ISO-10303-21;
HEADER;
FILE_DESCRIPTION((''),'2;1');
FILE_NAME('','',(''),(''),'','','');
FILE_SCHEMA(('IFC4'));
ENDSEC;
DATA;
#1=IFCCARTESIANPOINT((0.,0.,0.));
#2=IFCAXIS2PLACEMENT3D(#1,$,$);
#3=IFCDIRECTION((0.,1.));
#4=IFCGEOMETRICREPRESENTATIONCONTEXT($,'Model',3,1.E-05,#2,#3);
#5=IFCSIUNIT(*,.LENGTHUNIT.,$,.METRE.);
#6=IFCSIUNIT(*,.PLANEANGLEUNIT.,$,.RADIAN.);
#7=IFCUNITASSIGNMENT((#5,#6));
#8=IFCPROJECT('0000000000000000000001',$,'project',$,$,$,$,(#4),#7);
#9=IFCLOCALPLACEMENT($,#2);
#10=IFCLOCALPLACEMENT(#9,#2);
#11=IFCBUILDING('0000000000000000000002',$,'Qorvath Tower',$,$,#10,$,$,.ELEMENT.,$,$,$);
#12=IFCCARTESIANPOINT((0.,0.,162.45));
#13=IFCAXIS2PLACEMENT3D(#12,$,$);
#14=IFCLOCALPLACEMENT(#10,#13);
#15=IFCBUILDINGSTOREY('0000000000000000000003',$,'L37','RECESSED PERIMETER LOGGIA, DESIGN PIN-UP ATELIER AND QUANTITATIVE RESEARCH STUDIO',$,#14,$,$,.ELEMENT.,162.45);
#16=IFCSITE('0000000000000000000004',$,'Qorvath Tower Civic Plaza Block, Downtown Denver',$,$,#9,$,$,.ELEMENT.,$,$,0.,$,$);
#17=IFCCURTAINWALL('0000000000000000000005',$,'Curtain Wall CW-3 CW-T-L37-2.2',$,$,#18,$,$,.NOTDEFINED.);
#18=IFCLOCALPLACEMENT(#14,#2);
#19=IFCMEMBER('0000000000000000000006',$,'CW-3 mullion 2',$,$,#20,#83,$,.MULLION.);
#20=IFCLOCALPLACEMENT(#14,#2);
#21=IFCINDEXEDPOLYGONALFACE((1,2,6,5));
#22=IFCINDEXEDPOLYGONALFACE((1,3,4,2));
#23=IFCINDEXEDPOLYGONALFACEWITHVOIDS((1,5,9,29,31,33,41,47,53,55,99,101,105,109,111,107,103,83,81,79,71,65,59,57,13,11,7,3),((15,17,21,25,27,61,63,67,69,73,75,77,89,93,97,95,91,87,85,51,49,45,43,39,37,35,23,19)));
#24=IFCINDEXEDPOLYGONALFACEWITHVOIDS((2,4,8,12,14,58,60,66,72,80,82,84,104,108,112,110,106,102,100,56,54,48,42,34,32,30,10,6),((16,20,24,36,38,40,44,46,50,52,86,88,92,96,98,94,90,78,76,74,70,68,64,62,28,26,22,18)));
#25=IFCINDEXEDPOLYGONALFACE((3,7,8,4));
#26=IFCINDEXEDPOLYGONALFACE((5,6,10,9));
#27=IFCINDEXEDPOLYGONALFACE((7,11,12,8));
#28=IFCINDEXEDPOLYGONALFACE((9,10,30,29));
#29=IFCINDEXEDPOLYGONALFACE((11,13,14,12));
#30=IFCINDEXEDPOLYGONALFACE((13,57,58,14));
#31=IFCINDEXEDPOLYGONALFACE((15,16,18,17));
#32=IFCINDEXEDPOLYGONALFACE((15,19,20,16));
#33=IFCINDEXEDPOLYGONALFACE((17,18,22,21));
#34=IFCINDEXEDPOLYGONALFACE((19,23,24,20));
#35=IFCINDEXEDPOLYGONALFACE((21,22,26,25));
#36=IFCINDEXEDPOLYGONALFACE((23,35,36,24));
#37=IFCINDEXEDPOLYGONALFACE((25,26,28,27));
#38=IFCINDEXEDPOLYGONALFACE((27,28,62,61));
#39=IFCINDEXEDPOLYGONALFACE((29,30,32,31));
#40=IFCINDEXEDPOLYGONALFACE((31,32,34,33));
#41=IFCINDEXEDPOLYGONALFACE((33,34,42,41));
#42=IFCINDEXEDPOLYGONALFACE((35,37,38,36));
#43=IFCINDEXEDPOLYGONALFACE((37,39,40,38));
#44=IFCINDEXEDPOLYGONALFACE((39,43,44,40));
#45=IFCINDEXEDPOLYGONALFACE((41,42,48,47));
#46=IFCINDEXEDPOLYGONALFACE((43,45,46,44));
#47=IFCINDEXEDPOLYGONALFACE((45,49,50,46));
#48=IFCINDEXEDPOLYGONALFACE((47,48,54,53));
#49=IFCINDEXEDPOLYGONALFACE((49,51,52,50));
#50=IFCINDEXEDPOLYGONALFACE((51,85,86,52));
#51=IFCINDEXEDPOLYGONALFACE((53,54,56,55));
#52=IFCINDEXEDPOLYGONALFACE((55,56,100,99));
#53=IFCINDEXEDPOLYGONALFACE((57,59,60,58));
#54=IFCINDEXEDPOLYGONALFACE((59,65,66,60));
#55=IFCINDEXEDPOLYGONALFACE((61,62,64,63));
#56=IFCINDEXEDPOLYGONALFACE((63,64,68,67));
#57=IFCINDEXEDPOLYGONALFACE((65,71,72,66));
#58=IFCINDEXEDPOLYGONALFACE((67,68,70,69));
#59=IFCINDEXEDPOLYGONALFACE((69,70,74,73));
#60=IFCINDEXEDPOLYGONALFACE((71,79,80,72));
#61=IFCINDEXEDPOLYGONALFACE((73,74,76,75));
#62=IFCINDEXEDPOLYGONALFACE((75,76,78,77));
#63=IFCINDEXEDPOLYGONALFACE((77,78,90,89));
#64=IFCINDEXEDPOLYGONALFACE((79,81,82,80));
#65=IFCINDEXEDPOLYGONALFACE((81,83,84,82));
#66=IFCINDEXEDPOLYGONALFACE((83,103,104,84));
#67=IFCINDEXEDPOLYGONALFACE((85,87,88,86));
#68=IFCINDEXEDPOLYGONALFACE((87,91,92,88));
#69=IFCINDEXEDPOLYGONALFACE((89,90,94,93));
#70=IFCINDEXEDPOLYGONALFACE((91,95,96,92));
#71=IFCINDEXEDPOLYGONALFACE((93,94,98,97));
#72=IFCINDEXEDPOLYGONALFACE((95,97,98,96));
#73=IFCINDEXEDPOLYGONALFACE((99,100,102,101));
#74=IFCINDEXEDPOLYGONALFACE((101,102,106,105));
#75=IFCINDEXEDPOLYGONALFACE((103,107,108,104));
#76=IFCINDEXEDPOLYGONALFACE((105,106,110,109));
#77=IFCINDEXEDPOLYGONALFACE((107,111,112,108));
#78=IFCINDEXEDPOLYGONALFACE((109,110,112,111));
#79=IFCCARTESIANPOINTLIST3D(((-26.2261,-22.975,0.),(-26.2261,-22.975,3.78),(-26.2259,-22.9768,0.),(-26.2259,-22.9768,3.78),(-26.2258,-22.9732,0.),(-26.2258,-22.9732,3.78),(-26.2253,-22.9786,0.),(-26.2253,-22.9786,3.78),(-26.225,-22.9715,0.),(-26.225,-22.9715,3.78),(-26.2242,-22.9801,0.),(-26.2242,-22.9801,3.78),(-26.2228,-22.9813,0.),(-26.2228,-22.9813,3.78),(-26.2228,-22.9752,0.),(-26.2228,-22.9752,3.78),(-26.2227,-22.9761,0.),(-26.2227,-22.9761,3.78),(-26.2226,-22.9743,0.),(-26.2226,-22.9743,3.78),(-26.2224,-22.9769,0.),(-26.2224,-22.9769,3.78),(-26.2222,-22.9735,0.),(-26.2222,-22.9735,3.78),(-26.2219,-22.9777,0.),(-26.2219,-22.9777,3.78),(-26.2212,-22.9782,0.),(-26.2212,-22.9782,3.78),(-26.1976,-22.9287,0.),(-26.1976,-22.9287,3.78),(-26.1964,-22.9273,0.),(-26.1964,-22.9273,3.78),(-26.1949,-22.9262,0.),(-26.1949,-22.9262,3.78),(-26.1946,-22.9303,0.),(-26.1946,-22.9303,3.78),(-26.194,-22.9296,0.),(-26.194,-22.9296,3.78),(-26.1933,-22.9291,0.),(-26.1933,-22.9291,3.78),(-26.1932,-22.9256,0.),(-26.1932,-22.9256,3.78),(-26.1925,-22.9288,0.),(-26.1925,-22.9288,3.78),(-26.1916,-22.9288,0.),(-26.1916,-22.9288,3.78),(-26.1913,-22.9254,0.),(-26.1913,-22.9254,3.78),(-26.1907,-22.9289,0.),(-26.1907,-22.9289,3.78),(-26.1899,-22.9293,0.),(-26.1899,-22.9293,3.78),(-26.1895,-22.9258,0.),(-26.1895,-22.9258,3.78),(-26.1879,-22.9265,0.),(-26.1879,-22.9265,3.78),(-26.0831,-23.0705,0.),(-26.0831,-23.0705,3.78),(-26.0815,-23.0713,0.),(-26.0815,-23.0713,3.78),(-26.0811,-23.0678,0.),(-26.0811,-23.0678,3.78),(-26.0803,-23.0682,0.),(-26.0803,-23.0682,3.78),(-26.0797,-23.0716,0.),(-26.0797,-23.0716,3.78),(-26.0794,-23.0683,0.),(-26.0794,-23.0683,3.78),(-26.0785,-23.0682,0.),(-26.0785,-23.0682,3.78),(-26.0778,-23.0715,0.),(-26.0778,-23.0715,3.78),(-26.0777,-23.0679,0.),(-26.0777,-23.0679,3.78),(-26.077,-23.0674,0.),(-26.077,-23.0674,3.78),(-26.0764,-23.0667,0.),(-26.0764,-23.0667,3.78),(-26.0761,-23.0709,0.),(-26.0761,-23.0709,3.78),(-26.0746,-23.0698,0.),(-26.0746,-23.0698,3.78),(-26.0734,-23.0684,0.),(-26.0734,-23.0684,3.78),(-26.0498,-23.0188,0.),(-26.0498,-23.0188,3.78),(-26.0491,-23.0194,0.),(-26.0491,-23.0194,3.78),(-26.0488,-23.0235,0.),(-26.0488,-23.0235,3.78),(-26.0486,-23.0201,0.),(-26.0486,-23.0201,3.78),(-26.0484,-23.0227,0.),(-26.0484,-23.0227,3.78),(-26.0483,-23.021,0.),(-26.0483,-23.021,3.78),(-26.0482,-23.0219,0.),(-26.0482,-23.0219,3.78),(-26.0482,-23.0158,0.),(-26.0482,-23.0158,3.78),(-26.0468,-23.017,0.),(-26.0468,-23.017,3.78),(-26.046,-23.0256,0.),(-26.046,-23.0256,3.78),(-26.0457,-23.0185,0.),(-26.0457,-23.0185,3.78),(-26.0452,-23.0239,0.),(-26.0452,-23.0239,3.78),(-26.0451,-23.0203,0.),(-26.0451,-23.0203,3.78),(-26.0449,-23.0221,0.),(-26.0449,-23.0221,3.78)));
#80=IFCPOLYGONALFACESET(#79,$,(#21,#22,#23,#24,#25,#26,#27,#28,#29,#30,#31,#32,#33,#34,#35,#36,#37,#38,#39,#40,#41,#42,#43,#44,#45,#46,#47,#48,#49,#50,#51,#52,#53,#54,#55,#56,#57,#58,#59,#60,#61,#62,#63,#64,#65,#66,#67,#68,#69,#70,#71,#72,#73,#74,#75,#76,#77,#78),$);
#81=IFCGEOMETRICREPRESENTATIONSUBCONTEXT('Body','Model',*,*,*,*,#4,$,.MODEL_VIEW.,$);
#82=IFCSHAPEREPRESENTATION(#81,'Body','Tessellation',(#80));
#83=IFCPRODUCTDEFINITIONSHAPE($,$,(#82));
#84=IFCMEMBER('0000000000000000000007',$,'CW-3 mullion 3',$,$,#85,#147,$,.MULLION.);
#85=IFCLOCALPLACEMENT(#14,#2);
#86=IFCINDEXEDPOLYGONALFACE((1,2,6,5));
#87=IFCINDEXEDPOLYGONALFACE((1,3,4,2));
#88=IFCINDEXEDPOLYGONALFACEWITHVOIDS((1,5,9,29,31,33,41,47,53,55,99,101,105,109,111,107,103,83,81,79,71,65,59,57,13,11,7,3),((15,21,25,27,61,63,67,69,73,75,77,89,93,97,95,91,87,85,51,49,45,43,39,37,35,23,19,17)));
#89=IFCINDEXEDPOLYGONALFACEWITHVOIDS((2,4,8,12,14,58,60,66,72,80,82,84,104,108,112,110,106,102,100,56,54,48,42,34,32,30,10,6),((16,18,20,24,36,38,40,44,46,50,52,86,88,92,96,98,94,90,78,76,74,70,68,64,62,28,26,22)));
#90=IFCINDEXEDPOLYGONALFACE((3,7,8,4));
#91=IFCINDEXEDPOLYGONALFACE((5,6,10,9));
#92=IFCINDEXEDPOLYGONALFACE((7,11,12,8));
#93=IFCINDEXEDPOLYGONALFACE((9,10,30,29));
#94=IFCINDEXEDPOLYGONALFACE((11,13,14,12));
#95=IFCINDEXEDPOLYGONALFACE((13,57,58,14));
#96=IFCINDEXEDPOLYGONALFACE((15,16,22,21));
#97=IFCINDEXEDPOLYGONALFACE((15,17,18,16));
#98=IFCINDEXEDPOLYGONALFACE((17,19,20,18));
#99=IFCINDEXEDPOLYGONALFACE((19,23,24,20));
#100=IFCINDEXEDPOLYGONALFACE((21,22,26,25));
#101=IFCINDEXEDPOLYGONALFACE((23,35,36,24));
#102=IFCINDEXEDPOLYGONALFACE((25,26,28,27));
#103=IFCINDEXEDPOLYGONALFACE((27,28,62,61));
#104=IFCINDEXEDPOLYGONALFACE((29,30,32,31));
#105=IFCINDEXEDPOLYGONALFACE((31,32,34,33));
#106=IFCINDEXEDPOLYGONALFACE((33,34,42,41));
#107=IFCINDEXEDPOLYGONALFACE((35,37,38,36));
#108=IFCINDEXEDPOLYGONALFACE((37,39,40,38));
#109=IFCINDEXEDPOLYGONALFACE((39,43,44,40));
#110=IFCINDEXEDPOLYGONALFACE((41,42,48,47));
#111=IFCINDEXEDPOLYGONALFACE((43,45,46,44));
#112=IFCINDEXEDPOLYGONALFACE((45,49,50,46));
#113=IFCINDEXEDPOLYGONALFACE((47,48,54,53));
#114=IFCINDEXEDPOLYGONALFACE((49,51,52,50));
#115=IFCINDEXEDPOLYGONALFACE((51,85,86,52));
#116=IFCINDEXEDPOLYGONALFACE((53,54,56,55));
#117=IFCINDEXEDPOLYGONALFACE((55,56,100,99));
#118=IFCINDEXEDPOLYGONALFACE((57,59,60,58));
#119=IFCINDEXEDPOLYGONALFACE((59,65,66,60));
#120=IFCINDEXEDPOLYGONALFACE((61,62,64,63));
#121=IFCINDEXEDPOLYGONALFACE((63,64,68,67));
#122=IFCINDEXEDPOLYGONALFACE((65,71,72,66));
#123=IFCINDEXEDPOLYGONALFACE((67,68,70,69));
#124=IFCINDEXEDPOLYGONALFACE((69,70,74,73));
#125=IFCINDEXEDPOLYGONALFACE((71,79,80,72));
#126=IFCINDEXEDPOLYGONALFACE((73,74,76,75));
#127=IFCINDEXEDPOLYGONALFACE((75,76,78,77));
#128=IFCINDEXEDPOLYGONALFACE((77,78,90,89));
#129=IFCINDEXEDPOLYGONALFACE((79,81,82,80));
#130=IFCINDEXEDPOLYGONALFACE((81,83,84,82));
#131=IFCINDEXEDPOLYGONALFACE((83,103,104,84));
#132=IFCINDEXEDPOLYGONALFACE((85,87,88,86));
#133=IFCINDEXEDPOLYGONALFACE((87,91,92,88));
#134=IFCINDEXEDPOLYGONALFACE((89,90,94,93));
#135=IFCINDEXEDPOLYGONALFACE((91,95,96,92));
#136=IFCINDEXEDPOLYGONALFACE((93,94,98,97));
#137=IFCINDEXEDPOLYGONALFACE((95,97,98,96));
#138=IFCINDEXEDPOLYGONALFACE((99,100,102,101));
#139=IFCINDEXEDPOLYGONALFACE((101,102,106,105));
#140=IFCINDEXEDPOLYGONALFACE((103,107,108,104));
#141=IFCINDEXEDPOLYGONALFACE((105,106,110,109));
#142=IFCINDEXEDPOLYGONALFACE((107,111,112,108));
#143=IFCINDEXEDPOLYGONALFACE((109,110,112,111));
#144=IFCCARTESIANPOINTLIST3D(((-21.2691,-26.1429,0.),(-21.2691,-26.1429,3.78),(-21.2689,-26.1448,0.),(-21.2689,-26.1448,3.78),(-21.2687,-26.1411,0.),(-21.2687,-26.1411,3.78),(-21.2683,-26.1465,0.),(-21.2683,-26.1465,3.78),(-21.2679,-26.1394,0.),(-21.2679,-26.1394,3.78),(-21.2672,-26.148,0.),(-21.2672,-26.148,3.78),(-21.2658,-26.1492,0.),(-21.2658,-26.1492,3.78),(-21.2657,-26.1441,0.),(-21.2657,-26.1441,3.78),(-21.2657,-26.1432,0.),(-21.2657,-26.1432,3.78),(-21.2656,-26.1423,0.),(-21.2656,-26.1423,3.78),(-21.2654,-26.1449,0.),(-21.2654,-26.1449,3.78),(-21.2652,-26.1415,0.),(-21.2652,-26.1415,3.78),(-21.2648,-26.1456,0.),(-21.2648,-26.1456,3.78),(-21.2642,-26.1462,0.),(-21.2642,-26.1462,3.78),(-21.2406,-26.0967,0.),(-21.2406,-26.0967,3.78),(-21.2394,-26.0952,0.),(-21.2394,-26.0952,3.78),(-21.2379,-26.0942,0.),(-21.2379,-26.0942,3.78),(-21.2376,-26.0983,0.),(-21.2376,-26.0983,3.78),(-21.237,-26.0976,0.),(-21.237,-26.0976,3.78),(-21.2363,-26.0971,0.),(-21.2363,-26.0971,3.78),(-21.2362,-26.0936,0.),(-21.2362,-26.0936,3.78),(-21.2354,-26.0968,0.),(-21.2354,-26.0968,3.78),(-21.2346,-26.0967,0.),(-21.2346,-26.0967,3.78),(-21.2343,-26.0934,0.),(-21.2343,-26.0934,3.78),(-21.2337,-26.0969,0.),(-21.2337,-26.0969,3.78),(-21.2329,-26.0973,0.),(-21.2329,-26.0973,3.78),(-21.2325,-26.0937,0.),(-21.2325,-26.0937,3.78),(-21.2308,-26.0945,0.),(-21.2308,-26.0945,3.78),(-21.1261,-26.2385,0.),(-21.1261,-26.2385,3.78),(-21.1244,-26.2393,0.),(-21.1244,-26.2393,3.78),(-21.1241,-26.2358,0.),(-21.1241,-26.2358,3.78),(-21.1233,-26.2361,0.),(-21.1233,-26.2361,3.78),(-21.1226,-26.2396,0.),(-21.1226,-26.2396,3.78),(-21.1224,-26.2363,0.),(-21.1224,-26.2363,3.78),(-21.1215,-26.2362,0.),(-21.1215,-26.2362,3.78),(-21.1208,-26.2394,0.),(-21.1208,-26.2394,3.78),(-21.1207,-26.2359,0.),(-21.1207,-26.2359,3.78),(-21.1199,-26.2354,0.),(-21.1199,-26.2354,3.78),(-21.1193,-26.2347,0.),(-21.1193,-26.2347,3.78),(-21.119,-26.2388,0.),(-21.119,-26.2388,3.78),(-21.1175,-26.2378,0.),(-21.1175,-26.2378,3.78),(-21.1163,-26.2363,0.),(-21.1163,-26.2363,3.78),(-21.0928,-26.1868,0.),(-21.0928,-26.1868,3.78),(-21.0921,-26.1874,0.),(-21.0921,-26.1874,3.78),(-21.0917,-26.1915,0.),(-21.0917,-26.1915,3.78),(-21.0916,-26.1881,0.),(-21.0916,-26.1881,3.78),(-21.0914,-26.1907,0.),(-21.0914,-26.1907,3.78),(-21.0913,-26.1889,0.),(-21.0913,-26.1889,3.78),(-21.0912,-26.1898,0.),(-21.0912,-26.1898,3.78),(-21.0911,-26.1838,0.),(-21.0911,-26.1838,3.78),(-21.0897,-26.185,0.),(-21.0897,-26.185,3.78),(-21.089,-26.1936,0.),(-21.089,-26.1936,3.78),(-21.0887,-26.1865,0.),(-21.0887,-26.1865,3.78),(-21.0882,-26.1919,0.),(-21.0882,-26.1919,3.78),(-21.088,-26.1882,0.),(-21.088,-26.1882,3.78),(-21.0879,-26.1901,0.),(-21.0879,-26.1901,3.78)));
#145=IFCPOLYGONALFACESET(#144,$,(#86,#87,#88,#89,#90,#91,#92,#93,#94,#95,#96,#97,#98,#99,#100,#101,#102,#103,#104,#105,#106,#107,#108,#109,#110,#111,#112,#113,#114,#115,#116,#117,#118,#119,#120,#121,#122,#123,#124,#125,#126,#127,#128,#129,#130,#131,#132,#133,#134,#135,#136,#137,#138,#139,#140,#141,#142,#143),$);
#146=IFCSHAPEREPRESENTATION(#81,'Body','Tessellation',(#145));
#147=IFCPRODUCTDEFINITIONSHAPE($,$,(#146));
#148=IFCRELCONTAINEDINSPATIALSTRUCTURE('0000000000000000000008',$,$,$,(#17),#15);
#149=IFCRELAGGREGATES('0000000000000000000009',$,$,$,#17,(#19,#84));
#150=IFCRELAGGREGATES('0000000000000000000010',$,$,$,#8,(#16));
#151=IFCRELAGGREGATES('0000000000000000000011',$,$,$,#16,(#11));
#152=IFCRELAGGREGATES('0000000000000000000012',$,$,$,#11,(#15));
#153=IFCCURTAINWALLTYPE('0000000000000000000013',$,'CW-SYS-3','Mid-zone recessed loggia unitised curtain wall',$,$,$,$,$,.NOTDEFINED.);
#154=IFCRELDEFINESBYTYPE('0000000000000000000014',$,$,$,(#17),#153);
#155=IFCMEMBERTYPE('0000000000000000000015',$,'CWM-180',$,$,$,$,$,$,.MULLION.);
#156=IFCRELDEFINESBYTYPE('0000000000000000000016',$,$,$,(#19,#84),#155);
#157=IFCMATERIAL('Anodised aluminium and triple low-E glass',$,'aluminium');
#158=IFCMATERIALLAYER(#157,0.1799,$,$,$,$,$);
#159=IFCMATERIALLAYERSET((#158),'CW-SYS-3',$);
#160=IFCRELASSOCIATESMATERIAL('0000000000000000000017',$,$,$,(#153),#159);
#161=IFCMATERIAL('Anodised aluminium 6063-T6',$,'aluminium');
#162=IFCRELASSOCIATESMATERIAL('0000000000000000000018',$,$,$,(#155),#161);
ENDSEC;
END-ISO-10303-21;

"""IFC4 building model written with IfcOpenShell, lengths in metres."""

from ifc_helpers import new_model, si_unit, direction, frame, origin, origin_2d, place, context, subcontext, project, spatial, hollow_rectangle, extrude, material, layer, layer_set, material_profile, profile_set, type_object, element, aggregate, save


model = new_model("IFC4")

# Units and contexts
model_context = context("Model", 3, precision=1e-05, world=origin(), true_north=direction((0.0, 1.0)))
body_context = subcontext(model_context, "Body", "Model", "MODEL_VIEW")
ifc_project = project(units=[si_unit("LENGTHUNIT", "METRE"), si_unit("PLANEANGLEUNIT", "RADIAN")], contexts=[model_context])

# Site, building, storey
site_placement = place(None, origin())
site = spatial("IfcSite", under=ifc_project, at=site_placement, Name="Qorvath Tower Civic Plaza Block, Downtown Denver", CompositionType="ELEMENT", RefElevation=0.0)
building_placement = place(site_placement, origin())
building = spatial("IfcBuilding", under=site, at=building_placement, Name="Qorvath Tower", CompositionType="ELEMENT")
storey_placement = place(building_placement, frame((0.0, 0.0, 162.45)))
storey = spatial("IfcBuildingStorey", under=building, at=storey_placement, Name="L37", Description="RECESSED PERIMETER LOGGIA, DESIGN PIN-UP ATELIER AND QUANTITATIVE RESEARCH STUDIO", CompositionType="ELEMENT", Elevation=162.45)

# Curtain wall, members
ifc_material_1 = material(Name="Anodised aluminium and triple low-E glass", Category="aluminium")
ifc_layer_1 = layer(ifc_material_1, 0.1799)
ifc_layer_set_1 = layer_set([ifc_layer_1], Name="CW-SYS-3")
curtain_wall_type = type_object("IfcCurtainWallType", Name="CW-SYS-3", Description="Mid-zone recessed loggia unitised curtain wall", PredefinedType="NOTDEFINED", material=ifc_layer_set_1)
curtain_wall_placement = place(storey_placement, origin())
curtain_wall = element("IfcCurtainWall", 1, at=curtain_wall_placement, inside=storey, type_object=curtain_wall_type, Name="Curtain Wall CW-3 CW-T-L37-2.2", PredefinedType="NOTDEFINED")
ifc_material_2 = material(Name="Anodised aluminium 6063-T6", Category="aluminium")
ifc_material_profile_1 = material_profile(ifc_material_2, hollow_rectangle(XDim=0.0649, YDim=0.1799, WallThickness=0.0034, InnerFilletRadius=0.0034, OuterFilletRadius=0.0071, at=origin_2d()), Name="CWM 180x65")
ifc_profile_set_1 = profile_set([ifc_material_profile_1], Name="Anodised aluminium 6063-T6")
member_type_1 = type_object("IfcMemberType", Name="CWM-180", PredefinedType="MULLION", material=ifc_profile_set_1)
member_1_placement = place(storey_placement, frame((-26.1355, -22.9985, 0.0), z_axis=(0.0, 0.0, 1.0), x_axis=(0.53854, 0.8426, 0.0)))
member_1 = element("IfcMember", 2, at=member_1_placement, type_object=member_type_1, Name="CW-3 mullion 2", PredefinedType="MULLION", context=body_context, shape_type="SweptSolid", body=[
    extrude(hollow_rectangle(XDim=0.0649, YDim=0.1799, WallThickness=0.0034, InnerFilletRadius=0.0034, OuterFilletRadius=0.0071, at=origin_2d()), origin(), (0.0, 0.0, 1.0), 3.78),
])
member_2_placement = place(storey_placement, frame((-21.1785, -26.1665, 0.0), z_axis=(0.0, 0.0, 1.0), x_axis=(0.53854, 0.8426, 0.0)))
member_2 = element("IfcMember", 3, at=member_2_placement, type_object=member_type_1, Name="CW-3 mullion 3", PredefinedType="MULLION", context=body_context, shape_type="SweptSolid", body=[
    extrude(hollow_rectangle(XDim=0.0649, YDim=0.1799, WallThickness=0.0034, InnerFilletRadius=0.0034, OuterFilletRadius=0.0071, at=origin_2d()), origin(), (0.0, 0.0, 1.0), 3.78),
])
aggregate(curtain_wall, [member_1, member_2])

save(model, "model.ifc")
